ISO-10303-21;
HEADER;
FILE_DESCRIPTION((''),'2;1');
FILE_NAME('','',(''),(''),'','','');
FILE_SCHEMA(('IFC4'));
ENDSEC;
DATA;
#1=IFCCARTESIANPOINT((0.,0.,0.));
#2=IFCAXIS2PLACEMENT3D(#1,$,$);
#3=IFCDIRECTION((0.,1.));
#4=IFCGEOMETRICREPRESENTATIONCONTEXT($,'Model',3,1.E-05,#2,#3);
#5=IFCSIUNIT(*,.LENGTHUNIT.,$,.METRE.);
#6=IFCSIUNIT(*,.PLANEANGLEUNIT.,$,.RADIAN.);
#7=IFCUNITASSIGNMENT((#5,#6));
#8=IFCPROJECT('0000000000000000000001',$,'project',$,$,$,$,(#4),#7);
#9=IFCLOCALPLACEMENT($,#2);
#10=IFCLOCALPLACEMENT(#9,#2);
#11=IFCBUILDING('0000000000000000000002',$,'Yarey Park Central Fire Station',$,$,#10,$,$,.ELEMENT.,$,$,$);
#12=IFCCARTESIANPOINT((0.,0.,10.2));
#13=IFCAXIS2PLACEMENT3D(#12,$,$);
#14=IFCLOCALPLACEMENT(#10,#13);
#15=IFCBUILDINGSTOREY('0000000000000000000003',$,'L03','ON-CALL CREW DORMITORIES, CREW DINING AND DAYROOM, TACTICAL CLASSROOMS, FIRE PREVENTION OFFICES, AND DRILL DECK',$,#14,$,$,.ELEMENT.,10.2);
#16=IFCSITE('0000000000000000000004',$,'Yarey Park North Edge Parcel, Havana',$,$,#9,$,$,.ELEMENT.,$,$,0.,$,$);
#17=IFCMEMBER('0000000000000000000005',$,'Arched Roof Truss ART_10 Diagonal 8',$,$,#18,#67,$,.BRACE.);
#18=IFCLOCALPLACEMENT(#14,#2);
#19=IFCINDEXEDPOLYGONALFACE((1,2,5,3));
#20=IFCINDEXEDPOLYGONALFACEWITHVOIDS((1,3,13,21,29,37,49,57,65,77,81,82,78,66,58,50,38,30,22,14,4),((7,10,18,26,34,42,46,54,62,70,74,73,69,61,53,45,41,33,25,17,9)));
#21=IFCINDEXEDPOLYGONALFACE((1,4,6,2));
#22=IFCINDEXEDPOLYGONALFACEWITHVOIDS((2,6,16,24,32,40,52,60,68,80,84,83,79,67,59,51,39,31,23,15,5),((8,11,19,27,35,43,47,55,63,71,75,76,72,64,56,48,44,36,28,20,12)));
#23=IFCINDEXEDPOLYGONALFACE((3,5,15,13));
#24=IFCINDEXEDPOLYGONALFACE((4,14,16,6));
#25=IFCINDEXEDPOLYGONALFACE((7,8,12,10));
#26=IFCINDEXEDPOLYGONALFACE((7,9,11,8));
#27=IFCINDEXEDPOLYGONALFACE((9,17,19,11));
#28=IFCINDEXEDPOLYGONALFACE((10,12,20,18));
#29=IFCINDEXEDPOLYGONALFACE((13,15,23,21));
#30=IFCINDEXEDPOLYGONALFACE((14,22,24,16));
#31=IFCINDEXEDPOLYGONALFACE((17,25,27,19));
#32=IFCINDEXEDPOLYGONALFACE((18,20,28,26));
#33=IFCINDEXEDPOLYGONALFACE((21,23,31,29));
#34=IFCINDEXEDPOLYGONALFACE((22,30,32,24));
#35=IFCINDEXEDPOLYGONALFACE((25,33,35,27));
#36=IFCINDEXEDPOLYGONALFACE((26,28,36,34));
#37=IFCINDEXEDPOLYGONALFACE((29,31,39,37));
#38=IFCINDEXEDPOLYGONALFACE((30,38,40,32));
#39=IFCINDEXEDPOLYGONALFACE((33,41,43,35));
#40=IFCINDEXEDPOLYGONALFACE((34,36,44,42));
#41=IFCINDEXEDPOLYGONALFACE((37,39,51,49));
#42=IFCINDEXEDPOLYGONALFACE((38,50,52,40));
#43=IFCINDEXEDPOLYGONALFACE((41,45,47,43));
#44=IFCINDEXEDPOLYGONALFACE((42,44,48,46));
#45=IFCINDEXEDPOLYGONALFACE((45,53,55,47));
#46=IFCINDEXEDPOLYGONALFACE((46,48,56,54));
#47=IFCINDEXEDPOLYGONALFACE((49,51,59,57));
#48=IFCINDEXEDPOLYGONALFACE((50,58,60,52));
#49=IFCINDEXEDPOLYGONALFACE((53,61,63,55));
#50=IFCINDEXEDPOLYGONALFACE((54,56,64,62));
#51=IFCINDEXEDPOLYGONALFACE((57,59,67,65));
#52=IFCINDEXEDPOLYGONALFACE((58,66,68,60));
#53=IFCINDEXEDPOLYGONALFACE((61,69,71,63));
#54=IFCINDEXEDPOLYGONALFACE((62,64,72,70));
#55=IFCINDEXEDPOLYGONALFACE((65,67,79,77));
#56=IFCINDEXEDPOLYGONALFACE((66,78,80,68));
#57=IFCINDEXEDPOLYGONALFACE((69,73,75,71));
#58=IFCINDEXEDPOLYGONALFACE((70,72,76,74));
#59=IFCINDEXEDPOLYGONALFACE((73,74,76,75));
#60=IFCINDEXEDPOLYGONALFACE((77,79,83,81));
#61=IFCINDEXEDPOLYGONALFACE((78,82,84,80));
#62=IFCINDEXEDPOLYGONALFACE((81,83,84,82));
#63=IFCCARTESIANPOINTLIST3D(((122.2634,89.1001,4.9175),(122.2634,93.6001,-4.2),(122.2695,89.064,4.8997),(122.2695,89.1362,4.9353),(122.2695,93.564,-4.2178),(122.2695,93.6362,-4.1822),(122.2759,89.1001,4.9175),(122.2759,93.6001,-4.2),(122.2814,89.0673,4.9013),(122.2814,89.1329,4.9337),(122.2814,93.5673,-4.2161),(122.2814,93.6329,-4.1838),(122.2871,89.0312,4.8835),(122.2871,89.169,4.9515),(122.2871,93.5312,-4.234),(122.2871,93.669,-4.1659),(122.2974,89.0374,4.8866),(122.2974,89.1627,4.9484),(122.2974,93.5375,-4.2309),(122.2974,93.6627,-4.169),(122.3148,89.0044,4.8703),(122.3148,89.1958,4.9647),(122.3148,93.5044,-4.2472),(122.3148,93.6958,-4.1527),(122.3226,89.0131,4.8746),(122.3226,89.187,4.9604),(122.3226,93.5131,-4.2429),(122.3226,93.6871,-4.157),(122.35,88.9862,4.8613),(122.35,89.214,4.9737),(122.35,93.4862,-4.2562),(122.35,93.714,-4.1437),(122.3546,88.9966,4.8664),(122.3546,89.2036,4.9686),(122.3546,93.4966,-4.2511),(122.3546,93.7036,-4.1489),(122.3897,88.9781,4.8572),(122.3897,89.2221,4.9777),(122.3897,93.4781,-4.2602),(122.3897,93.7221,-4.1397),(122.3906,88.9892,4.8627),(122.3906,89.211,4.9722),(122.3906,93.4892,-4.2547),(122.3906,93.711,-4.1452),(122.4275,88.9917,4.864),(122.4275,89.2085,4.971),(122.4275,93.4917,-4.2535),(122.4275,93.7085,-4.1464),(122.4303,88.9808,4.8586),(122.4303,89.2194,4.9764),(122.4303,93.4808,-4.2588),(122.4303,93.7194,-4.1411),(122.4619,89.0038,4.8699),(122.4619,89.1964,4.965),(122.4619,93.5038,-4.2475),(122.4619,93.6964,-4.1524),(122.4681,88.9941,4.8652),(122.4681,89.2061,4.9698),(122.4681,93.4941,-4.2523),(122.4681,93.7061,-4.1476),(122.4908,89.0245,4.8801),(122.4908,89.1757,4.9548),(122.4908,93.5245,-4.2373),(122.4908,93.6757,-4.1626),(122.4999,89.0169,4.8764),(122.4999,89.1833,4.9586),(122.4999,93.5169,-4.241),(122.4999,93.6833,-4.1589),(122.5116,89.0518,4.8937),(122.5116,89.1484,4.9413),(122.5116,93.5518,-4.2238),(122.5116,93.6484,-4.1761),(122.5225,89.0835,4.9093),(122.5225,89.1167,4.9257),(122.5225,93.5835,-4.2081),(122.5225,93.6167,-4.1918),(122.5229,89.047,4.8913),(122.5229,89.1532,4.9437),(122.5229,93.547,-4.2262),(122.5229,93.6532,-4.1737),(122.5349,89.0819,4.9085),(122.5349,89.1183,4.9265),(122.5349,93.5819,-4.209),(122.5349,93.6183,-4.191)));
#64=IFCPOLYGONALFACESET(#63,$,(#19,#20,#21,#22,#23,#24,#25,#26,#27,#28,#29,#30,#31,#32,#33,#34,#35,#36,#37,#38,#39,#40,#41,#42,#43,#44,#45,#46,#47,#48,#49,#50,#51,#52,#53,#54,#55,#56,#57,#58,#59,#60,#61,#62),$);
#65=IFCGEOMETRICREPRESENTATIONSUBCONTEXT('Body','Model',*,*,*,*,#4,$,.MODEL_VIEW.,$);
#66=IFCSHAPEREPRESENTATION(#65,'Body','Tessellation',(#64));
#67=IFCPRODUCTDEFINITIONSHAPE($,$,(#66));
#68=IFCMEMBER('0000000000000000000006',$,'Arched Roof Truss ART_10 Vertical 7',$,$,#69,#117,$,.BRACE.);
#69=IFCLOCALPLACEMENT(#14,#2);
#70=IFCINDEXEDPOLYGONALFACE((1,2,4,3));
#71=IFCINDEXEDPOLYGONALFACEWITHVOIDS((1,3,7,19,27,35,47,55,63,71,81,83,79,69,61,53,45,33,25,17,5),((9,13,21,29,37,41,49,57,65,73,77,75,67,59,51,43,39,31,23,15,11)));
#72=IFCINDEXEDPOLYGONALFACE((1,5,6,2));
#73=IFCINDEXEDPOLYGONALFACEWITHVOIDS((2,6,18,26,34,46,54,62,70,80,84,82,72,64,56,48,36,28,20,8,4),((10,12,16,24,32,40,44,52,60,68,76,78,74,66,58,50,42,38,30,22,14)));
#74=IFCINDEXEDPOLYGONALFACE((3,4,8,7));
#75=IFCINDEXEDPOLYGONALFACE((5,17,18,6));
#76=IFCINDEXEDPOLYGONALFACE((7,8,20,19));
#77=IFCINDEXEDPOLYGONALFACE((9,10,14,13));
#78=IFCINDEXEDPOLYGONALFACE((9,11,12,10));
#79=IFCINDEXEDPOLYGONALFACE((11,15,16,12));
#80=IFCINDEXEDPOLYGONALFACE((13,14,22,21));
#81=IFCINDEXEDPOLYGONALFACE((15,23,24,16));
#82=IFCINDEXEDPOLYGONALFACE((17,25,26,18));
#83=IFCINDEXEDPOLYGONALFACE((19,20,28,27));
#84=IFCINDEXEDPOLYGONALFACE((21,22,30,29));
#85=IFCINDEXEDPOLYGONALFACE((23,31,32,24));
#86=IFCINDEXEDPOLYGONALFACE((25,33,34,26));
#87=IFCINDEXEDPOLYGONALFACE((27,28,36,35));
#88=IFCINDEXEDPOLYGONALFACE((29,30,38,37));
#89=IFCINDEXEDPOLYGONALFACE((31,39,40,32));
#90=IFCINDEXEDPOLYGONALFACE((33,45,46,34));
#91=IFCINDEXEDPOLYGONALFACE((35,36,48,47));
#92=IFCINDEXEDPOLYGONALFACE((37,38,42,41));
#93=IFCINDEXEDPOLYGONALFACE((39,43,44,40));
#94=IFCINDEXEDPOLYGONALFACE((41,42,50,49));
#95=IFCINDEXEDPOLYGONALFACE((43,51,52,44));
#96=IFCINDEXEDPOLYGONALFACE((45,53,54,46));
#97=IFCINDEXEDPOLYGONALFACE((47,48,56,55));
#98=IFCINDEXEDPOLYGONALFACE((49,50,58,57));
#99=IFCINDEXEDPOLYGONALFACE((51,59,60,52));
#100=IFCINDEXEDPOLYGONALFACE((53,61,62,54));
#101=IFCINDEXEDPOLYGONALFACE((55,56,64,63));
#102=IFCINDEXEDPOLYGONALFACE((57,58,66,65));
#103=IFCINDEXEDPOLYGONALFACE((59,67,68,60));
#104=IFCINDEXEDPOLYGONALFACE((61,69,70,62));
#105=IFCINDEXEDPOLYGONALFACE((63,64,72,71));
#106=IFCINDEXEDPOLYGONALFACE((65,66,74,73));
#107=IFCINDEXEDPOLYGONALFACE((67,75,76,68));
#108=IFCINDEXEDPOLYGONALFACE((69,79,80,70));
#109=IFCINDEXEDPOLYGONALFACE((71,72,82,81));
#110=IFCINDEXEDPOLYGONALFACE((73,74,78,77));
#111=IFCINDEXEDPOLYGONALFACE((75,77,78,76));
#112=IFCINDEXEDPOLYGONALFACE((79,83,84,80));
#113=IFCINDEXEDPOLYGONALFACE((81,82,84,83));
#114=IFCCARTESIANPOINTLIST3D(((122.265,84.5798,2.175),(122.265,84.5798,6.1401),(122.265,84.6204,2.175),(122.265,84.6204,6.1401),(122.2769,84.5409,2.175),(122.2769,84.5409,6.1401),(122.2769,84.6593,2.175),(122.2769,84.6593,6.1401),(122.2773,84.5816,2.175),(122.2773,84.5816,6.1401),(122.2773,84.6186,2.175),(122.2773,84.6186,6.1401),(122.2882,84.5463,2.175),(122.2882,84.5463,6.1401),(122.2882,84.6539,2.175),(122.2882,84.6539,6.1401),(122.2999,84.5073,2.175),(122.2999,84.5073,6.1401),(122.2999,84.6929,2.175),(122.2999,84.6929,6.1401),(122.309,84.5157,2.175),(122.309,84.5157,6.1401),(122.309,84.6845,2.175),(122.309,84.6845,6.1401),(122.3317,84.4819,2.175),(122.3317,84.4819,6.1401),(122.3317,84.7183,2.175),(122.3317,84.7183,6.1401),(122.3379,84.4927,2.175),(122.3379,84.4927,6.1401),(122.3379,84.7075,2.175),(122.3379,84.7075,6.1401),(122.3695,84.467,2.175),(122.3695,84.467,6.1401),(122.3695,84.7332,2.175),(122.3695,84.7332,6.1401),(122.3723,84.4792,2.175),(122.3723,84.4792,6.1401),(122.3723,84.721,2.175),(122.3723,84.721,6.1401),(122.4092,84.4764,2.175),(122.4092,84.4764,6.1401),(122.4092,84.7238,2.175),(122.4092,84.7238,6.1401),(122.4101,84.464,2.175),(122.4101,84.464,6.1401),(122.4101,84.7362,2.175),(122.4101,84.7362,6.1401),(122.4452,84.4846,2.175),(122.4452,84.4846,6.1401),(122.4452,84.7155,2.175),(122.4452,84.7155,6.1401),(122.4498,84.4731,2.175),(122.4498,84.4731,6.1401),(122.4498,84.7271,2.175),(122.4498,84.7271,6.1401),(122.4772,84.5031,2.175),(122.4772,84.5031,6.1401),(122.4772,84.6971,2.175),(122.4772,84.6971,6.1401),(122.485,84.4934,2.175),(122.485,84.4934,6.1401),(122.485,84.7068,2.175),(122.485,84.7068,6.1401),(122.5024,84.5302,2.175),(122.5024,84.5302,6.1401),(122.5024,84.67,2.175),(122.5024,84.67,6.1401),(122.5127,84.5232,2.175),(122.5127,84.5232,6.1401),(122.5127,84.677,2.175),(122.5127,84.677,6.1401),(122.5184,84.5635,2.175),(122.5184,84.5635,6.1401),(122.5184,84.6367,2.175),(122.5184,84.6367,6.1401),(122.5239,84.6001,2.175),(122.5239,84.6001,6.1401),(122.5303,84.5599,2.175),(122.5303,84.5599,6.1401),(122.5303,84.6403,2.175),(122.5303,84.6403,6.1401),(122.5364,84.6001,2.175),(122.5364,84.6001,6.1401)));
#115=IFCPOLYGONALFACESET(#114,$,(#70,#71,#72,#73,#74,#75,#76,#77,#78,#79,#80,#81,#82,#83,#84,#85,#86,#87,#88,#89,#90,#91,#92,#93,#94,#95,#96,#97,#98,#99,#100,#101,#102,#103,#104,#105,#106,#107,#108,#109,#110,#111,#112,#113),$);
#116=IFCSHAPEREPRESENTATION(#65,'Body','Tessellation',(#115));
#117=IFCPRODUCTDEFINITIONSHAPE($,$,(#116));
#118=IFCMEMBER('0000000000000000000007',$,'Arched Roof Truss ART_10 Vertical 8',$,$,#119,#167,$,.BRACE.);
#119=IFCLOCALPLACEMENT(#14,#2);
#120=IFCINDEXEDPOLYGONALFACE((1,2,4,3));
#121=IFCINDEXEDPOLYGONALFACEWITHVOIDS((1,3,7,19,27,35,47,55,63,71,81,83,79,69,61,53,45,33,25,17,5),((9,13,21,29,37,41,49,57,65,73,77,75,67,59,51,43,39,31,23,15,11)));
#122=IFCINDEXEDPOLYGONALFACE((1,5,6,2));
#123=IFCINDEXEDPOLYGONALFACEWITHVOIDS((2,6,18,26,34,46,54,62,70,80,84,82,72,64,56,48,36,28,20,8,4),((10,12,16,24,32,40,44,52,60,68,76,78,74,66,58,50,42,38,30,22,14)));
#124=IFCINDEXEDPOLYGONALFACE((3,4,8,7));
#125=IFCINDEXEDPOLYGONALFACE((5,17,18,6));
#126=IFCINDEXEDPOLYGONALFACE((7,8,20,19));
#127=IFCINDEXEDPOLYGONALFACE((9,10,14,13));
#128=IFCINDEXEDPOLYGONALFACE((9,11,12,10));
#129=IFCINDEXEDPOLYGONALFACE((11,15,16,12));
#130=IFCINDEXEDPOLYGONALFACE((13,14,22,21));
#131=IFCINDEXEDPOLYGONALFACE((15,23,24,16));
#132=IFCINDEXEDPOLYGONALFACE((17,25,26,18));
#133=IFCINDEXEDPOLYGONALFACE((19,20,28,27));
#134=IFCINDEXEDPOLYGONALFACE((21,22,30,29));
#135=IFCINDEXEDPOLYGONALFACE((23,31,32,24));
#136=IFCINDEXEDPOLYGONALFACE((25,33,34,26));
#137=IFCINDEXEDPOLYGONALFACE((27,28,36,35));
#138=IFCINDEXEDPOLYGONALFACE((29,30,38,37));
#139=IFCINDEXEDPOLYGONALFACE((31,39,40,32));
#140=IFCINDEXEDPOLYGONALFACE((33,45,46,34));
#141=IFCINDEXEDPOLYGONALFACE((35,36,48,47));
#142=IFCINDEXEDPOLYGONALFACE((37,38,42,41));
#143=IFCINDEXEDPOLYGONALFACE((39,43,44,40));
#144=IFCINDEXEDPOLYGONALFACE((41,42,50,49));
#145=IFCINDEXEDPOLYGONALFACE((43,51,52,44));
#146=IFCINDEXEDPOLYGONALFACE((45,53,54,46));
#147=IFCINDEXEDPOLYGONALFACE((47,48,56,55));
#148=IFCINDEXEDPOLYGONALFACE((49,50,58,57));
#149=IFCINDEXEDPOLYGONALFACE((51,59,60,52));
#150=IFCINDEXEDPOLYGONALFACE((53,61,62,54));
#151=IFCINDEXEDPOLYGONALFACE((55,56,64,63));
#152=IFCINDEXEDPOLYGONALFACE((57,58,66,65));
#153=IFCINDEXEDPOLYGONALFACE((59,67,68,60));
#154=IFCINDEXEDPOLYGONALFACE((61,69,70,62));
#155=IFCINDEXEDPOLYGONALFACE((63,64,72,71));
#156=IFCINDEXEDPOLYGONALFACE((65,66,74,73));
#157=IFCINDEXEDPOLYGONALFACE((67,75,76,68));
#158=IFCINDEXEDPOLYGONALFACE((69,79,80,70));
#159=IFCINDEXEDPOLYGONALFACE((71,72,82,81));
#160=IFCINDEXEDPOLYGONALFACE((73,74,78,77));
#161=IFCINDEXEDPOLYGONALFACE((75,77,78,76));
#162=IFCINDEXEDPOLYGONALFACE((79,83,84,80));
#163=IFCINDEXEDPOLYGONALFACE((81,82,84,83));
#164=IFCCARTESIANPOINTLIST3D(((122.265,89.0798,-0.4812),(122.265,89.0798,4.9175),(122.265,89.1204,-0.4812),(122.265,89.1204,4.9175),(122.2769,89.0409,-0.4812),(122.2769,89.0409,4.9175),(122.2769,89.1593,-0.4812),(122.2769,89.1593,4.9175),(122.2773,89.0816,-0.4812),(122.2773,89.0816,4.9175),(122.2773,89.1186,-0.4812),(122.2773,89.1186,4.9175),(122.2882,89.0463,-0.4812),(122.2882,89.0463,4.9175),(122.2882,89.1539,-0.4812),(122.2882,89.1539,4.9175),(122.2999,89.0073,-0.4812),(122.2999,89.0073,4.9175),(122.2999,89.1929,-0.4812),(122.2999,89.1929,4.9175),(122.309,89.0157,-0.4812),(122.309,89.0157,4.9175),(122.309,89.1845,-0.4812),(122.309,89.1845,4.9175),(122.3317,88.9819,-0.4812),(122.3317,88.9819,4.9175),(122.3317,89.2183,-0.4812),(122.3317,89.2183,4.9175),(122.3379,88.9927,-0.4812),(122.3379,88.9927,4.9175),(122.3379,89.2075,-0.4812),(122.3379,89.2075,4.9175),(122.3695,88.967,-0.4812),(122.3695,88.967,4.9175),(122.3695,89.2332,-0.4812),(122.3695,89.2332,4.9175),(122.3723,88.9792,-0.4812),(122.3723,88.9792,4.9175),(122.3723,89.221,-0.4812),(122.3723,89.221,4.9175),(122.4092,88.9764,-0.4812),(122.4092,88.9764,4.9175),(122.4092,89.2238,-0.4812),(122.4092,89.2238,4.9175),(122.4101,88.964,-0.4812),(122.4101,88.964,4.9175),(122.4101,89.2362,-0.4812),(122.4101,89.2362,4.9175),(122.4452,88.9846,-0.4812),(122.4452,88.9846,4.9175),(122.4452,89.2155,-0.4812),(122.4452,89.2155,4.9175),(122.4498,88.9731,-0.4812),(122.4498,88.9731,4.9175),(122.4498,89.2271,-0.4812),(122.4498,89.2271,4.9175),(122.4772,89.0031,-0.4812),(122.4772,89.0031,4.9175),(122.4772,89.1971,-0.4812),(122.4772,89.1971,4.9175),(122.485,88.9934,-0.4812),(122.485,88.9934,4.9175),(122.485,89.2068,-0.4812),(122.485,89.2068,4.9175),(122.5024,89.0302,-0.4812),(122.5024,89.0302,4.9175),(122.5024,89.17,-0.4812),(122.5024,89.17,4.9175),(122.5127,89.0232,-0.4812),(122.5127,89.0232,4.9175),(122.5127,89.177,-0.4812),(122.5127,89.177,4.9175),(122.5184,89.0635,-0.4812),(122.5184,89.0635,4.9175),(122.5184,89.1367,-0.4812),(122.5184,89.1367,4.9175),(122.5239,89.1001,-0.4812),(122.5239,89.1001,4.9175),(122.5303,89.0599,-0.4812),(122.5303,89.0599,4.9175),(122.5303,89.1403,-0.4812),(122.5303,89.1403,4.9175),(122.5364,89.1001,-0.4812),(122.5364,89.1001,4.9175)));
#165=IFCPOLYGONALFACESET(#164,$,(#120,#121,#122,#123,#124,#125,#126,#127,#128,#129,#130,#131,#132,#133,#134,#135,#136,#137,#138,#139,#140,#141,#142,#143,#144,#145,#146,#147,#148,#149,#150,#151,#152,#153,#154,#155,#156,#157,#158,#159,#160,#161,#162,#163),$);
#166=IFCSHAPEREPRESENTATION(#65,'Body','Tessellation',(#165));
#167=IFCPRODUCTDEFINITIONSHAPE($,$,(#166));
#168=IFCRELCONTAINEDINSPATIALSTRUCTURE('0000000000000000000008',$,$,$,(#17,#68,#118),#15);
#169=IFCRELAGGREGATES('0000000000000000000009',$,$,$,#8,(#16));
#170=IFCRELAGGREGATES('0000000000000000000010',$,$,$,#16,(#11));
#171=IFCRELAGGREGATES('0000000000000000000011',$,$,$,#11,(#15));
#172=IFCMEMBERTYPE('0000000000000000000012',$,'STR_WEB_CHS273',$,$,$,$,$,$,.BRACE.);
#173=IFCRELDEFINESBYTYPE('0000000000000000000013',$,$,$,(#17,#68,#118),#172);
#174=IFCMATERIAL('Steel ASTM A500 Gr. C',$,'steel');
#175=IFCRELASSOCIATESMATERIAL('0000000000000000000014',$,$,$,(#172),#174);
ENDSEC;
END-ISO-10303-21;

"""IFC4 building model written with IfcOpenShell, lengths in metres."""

from ifc_helpers import new_model, si_unit, direction, frame, origin, origin_2d, place, context, subcontext, project, spatial, hollow_circle, extrude, material, material_profile, profile_set, type_object, element, save


model = new_model("IFC4")

# Units and contexts
model_context = context("Model", 3, precision=1e-05, world=origin(), true_north=direction((0.0, 1.0)))
body_context = subcontext(model_context, "Body", "Model", "MODEL_VIEW")
ifc_project = project(units=[si_unit("LENGTHUNIT", "METRE"), si_unit("PLANEANGLEUNIT", "RADIAN")], contexts=[model_context])

# Site, building, storey
site_placement = place(None, origin())
site = spatial("IfcSite", under=ifc_project, at=site_placement, Name="Yarey Park North Edge Parcel, Havana", CompositionType="ELEMENT", RefElevation=0.0)
building_placement = place(site_placement, origin())
building = spatial("IfcBuilding", under=site, at=building_placement, Name="Yarey Park Central Fire Station", CompositionType="ELEMENT")
storey_placement = place(building_placement, frame((0.0, 0.0, 10.2)))
storey = spatial("IfcBuildingStorey", under=building, at=storey_placement, Name="L03", Description="ON-CALL CREW DORMITORIES, CREW DINING AND DAYROOM, TACTICAL CLASSROOMS, FIRE PREVENTION OFFICES, AND DRILL DECK", CompositionType="ELEMENT", Elevation=10.2)

# Members
ifc_material_1 = material(Name="Steel ASTM A500 Gr. C", Category="steel")
ifc_material_profile_1 = material_profile(ifc_material_1, hollow_circle(Radius=0.1365, WallThickness=0.0125, at=origin_2d()), Name="CHS 273x12.5")
ifc_profile_set_1 = profile_set([ifc_material_profile_1], Name="Steel ASTM A500 Gr. C")
member_type_1 = type_object("IfcMemberType", Name="STR_WEB_CHS273", PredefinedType="BRACE", material=ifc_profile_set_1)
member_1_placement = place(storey_placement, frame((122.3999, 89.1001, 4.9175), z_axis=(0.0, 0.442588, -0.896725), x_axis=(-1.0, 0.0, 0.0)))
element("IfcMember", 1, at=member_1_placement, inside=storey, type_object=member_type_1, Name="Arched Roof Truss ART_10 Diagonal 8", PredefinedType="BRACE", context=body_context, shape_type="SweptSolid", body=[
    extrude(hollow_circle(Radius=0.1365, WallThickness=0.0125, at=origin_2d()), origin(), (0.0, 0.0, 1.0), 10.1675),
])
member_2_placement = place(storey_placement, frame((122.3999, 84.6001, 2.175), z_axis=(0.0, 0.0, 1.0), x_axis=(1.0, 0.0, 0.0)))
element("IfcMember", 2, at=member_2_placement, inside=storey, type_object=member_type_1, Name="Arched Roof Truss ART_10 Vertical 7", PredefinedType="BRACE", context=body_context, shape_type="SweptSolid", body=[
    extrude(hollow_circle(Radius=0.1365, WallThickness=0.0125, at=origin_2d()), origin(), (0.0, 0.0, 1.0), 3.9651),
])
member_3_placement = place(storey_placement, frame((122.3999, 89.1001, -0.4812), z_axis=(0.0, 0.0, 1.0), x_axis=(1.0, 0.0, 0.0)))
element("IfcMember", 3, at=member_3_placement, inside=storey, type_object=member_type_1, Name="Arched Roof Truss ART_10 Vertical 8", PredefinedType="BRACE", context=body_context, shape_type="SweptSolid", body=[
    extrude(hollow_circle(Radius=0.1365, WallThickness=0.0125, at=origin_2d()), origin(), (0.0, 0.0, 1.0), 5.3987),
])

save(model, "model.ifc")
